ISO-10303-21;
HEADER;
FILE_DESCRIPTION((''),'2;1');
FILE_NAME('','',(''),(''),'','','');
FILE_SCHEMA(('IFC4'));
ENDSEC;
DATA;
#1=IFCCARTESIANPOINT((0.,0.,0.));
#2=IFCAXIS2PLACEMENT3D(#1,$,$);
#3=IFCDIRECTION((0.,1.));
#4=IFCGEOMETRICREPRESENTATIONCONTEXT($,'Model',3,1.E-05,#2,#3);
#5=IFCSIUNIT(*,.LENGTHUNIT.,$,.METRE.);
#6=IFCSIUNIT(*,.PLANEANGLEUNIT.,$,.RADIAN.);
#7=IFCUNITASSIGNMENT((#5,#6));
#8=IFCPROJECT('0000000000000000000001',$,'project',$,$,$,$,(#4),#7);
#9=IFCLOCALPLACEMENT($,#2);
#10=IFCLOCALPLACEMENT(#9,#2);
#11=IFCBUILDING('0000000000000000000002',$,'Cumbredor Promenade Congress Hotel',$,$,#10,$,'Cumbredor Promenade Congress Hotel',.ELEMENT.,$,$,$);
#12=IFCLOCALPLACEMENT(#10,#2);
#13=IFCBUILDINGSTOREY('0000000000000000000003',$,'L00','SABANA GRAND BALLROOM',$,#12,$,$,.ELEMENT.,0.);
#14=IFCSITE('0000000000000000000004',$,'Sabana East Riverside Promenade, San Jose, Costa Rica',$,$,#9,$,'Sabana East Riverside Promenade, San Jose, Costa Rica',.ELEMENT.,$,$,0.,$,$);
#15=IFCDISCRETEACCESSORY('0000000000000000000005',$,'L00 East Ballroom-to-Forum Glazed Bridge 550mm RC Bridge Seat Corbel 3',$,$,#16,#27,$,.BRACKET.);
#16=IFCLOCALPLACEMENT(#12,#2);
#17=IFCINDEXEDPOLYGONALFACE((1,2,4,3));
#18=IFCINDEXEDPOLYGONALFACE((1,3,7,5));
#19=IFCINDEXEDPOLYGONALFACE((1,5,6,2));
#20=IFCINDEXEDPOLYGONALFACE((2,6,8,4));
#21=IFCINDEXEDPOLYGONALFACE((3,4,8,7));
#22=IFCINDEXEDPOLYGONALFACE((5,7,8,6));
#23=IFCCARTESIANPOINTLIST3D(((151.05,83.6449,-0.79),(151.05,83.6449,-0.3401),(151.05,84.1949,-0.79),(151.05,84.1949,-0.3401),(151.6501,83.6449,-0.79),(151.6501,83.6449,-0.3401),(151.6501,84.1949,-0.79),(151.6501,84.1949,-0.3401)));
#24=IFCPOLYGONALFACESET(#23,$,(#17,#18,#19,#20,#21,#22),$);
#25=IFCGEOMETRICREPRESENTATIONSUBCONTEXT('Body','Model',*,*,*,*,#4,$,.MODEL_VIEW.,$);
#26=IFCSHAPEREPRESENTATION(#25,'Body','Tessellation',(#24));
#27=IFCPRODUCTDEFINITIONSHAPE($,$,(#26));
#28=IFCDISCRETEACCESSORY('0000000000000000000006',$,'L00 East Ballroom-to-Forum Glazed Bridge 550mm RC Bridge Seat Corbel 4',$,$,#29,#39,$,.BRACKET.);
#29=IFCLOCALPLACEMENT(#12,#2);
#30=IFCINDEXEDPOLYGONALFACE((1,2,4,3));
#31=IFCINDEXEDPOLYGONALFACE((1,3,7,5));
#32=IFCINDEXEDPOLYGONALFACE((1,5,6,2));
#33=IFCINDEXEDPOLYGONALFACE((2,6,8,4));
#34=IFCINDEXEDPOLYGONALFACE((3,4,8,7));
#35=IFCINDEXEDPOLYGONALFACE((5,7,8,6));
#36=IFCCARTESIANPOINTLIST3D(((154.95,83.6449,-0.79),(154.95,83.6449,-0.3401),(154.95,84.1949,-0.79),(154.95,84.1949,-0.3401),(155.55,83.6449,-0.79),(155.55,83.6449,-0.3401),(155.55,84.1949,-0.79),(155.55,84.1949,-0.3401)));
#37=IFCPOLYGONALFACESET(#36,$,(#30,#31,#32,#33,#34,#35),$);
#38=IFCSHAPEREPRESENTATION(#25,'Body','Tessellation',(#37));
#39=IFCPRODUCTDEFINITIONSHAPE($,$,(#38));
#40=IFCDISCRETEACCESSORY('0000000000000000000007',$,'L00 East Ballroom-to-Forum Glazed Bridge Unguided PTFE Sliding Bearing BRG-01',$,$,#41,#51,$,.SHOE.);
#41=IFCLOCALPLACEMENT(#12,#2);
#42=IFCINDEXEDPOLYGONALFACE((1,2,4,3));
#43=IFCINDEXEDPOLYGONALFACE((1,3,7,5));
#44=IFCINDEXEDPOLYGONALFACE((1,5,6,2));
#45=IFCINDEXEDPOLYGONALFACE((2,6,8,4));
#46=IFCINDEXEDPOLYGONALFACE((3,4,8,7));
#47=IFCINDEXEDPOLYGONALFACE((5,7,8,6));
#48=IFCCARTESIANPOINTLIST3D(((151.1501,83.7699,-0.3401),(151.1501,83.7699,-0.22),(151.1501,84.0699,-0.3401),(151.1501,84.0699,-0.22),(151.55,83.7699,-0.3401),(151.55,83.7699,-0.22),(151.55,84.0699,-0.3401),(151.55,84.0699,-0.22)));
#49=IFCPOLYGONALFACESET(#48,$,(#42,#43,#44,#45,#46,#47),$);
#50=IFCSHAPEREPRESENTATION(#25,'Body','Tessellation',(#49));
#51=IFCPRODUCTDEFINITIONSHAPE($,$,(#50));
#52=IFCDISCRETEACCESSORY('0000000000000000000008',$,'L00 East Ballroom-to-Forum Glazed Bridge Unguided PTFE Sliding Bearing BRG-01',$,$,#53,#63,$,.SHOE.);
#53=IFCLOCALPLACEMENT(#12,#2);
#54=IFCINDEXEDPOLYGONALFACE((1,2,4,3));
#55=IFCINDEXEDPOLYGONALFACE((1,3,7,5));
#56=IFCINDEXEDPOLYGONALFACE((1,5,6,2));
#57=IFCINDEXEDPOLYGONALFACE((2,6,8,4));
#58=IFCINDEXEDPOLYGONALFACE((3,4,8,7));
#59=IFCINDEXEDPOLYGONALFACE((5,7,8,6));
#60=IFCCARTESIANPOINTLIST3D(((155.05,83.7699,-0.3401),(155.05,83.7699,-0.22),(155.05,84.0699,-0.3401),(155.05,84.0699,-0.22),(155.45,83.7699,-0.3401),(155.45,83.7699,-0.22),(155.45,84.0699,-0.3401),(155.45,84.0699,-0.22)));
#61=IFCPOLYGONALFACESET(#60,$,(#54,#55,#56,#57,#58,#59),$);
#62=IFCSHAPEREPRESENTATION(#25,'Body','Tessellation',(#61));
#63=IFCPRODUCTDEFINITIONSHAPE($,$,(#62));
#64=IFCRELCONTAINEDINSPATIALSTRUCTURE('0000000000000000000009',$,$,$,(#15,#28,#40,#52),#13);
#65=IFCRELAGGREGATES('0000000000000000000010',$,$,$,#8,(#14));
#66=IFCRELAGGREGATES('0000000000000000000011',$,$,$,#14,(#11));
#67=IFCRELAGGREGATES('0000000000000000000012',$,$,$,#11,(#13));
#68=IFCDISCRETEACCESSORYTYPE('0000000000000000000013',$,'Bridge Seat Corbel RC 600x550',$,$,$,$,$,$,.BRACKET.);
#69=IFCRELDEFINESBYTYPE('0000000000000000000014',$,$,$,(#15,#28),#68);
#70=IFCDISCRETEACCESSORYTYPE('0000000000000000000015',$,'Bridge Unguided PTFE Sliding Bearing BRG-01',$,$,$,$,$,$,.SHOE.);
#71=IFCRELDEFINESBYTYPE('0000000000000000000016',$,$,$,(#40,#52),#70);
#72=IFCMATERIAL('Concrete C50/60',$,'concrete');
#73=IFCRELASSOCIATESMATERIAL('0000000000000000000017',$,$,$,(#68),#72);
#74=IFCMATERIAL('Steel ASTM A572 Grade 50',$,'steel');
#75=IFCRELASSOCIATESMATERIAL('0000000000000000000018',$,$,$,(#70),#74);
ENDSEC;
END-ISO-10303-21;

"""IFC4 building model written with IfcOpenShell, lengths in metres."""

from ifc_helpers import new_model, si_unit, direction, frame, origin, origin_2d, place, context, subcontext, project, spatial, rectangle, extrude, material, type_object, element, save


model = new_model("IFC4")

# Units and contexts
model_context = context("Model", 3, precision=1e-05, world=origin(), true_north=direction((0.0, 1.0)))
body_context = subcontext(model_context, "Body", "Model", "MODEL_VIEW")
ifc_project = project(units=[si_unit("LENGTHUNIT", "METRE"), si_unit("PLANEANGLEUNIT", "RADIAN")], contexts=[model_context])

# Site, building, storey
site_placement = place(None, origin())
site = spatial("IfcSite", under=ifc_project, at=site_placement, Name="Sabana East Riverside Promenade, San Jose, Costa Rica", LongName="Sabana East Riverside Promenade, San Jose, Costa Rica", CompositionType="ELEMENT", RefElevation=0.0)
building_placement = place(site_placement, origin())
building = spatial("IfcBuilding", under=site, at=building_placement, Name="Cumbredor Promenade Congress Hotel", LongName="Cumbredor Promenade Congress Hotel", CompositionType="ELEMENT")
storey_placement = place(building_placement, origin())
storey = spatial("IfcBuildingStorey", under=building, at=storey_placement, Name="L00", Description="SABANA GRAND BALLROOM", CompositionType="ELEMENT", Elevation=0.0)

# Shared definitions
ifc_material_1 = material(Name="Steel ASTM A572 Grade 50", Category="steel")

# Discrete accessories
ifc_material_2 = material(Name="Concrete C50/60", Category="concrete")
discrete_accessory_type_1 = type_object("IfcDiscreteAccessoryType", Name="Bridge Seat Corbel RC 600x550", PredefinedType="BRACKET", material=ifc_material_2)
for number, where, z_axis, x_axis, name in (
    (1, (151.3501, 83.9199, -0.79), (0.0, 0.0, 1.0), (0.0, 1.0, 0.0), "L00 East Ballroom-to-Forum Glazed Bridge 550mm RC Bridge Seat Corbel 3"),
    (2, (155.25, 83.9199, -0.79), (0.0, 0.0, 1.0), (0.0, 1.0, 0.0), "L00 East Ballroom-to-Forum Glazed Bridge 550mm RC Bridge Seat Corbel 4"),
):
    element("IfcDiscreteAccessory", number, at=place(storey_placement, frame(where, z_axis=z_axis, x_axis=x_axis)), inside=storey, type_object=discrete_accessory_type_1, Name=name, PredefinedType="BRACKET", context=body_context, shape_type="SweptSolid", body=[
        extrude(rectangle(XDim=0.55, YDim=0.6001, at=origin_2d()), origin(), (0.0, 0.0, 1.0), 0.45),
    ])
discrete_accessory_type_2 = type_object("IfcDiscreteAccessoryType", Name="Bridge Unguided PTFE Sliding Bearing BRG-01", PredefinedType="SHOE", material=ifc_material_1)
for number, where, z_axis, x_axis, name in (
    (3, (151.3501, 83.9199, -0.3401), (0.0, 0.0, 1.0), (0.0, 1.0, 0.0), "L00 East Ballroom-to-Forum Glazed Bridge Unguided PTFE Sliding Bearing BRG-01"),
    (4, (155.25, 83.9199, -0.3401), (0.0, 0.0, 1.0), (0.0, 1.0, 0.0), "L00 East Ballroom-to-Forum Glazed Bridge Unguided PTFE Sliding Bearing BRG-01"),
):
    element("IfcDiscreteAccessory", number, at=place(storey_placement, frame(where, z_axis=z_axis, x_axis=x_axis)), inside=storey, type_object=discrete_accessory_type_2, Name=name, PredefinedType="SHOE", context=body_context, shape_type="SweptSolid", body=[
        extrude(rectangle(XDim=0.3, YDim=0.3999, at=origin_2d()), origin(), (0.0, 0.0, 1.0), 0.1201),
    ])

save(model, "model.ifc")
